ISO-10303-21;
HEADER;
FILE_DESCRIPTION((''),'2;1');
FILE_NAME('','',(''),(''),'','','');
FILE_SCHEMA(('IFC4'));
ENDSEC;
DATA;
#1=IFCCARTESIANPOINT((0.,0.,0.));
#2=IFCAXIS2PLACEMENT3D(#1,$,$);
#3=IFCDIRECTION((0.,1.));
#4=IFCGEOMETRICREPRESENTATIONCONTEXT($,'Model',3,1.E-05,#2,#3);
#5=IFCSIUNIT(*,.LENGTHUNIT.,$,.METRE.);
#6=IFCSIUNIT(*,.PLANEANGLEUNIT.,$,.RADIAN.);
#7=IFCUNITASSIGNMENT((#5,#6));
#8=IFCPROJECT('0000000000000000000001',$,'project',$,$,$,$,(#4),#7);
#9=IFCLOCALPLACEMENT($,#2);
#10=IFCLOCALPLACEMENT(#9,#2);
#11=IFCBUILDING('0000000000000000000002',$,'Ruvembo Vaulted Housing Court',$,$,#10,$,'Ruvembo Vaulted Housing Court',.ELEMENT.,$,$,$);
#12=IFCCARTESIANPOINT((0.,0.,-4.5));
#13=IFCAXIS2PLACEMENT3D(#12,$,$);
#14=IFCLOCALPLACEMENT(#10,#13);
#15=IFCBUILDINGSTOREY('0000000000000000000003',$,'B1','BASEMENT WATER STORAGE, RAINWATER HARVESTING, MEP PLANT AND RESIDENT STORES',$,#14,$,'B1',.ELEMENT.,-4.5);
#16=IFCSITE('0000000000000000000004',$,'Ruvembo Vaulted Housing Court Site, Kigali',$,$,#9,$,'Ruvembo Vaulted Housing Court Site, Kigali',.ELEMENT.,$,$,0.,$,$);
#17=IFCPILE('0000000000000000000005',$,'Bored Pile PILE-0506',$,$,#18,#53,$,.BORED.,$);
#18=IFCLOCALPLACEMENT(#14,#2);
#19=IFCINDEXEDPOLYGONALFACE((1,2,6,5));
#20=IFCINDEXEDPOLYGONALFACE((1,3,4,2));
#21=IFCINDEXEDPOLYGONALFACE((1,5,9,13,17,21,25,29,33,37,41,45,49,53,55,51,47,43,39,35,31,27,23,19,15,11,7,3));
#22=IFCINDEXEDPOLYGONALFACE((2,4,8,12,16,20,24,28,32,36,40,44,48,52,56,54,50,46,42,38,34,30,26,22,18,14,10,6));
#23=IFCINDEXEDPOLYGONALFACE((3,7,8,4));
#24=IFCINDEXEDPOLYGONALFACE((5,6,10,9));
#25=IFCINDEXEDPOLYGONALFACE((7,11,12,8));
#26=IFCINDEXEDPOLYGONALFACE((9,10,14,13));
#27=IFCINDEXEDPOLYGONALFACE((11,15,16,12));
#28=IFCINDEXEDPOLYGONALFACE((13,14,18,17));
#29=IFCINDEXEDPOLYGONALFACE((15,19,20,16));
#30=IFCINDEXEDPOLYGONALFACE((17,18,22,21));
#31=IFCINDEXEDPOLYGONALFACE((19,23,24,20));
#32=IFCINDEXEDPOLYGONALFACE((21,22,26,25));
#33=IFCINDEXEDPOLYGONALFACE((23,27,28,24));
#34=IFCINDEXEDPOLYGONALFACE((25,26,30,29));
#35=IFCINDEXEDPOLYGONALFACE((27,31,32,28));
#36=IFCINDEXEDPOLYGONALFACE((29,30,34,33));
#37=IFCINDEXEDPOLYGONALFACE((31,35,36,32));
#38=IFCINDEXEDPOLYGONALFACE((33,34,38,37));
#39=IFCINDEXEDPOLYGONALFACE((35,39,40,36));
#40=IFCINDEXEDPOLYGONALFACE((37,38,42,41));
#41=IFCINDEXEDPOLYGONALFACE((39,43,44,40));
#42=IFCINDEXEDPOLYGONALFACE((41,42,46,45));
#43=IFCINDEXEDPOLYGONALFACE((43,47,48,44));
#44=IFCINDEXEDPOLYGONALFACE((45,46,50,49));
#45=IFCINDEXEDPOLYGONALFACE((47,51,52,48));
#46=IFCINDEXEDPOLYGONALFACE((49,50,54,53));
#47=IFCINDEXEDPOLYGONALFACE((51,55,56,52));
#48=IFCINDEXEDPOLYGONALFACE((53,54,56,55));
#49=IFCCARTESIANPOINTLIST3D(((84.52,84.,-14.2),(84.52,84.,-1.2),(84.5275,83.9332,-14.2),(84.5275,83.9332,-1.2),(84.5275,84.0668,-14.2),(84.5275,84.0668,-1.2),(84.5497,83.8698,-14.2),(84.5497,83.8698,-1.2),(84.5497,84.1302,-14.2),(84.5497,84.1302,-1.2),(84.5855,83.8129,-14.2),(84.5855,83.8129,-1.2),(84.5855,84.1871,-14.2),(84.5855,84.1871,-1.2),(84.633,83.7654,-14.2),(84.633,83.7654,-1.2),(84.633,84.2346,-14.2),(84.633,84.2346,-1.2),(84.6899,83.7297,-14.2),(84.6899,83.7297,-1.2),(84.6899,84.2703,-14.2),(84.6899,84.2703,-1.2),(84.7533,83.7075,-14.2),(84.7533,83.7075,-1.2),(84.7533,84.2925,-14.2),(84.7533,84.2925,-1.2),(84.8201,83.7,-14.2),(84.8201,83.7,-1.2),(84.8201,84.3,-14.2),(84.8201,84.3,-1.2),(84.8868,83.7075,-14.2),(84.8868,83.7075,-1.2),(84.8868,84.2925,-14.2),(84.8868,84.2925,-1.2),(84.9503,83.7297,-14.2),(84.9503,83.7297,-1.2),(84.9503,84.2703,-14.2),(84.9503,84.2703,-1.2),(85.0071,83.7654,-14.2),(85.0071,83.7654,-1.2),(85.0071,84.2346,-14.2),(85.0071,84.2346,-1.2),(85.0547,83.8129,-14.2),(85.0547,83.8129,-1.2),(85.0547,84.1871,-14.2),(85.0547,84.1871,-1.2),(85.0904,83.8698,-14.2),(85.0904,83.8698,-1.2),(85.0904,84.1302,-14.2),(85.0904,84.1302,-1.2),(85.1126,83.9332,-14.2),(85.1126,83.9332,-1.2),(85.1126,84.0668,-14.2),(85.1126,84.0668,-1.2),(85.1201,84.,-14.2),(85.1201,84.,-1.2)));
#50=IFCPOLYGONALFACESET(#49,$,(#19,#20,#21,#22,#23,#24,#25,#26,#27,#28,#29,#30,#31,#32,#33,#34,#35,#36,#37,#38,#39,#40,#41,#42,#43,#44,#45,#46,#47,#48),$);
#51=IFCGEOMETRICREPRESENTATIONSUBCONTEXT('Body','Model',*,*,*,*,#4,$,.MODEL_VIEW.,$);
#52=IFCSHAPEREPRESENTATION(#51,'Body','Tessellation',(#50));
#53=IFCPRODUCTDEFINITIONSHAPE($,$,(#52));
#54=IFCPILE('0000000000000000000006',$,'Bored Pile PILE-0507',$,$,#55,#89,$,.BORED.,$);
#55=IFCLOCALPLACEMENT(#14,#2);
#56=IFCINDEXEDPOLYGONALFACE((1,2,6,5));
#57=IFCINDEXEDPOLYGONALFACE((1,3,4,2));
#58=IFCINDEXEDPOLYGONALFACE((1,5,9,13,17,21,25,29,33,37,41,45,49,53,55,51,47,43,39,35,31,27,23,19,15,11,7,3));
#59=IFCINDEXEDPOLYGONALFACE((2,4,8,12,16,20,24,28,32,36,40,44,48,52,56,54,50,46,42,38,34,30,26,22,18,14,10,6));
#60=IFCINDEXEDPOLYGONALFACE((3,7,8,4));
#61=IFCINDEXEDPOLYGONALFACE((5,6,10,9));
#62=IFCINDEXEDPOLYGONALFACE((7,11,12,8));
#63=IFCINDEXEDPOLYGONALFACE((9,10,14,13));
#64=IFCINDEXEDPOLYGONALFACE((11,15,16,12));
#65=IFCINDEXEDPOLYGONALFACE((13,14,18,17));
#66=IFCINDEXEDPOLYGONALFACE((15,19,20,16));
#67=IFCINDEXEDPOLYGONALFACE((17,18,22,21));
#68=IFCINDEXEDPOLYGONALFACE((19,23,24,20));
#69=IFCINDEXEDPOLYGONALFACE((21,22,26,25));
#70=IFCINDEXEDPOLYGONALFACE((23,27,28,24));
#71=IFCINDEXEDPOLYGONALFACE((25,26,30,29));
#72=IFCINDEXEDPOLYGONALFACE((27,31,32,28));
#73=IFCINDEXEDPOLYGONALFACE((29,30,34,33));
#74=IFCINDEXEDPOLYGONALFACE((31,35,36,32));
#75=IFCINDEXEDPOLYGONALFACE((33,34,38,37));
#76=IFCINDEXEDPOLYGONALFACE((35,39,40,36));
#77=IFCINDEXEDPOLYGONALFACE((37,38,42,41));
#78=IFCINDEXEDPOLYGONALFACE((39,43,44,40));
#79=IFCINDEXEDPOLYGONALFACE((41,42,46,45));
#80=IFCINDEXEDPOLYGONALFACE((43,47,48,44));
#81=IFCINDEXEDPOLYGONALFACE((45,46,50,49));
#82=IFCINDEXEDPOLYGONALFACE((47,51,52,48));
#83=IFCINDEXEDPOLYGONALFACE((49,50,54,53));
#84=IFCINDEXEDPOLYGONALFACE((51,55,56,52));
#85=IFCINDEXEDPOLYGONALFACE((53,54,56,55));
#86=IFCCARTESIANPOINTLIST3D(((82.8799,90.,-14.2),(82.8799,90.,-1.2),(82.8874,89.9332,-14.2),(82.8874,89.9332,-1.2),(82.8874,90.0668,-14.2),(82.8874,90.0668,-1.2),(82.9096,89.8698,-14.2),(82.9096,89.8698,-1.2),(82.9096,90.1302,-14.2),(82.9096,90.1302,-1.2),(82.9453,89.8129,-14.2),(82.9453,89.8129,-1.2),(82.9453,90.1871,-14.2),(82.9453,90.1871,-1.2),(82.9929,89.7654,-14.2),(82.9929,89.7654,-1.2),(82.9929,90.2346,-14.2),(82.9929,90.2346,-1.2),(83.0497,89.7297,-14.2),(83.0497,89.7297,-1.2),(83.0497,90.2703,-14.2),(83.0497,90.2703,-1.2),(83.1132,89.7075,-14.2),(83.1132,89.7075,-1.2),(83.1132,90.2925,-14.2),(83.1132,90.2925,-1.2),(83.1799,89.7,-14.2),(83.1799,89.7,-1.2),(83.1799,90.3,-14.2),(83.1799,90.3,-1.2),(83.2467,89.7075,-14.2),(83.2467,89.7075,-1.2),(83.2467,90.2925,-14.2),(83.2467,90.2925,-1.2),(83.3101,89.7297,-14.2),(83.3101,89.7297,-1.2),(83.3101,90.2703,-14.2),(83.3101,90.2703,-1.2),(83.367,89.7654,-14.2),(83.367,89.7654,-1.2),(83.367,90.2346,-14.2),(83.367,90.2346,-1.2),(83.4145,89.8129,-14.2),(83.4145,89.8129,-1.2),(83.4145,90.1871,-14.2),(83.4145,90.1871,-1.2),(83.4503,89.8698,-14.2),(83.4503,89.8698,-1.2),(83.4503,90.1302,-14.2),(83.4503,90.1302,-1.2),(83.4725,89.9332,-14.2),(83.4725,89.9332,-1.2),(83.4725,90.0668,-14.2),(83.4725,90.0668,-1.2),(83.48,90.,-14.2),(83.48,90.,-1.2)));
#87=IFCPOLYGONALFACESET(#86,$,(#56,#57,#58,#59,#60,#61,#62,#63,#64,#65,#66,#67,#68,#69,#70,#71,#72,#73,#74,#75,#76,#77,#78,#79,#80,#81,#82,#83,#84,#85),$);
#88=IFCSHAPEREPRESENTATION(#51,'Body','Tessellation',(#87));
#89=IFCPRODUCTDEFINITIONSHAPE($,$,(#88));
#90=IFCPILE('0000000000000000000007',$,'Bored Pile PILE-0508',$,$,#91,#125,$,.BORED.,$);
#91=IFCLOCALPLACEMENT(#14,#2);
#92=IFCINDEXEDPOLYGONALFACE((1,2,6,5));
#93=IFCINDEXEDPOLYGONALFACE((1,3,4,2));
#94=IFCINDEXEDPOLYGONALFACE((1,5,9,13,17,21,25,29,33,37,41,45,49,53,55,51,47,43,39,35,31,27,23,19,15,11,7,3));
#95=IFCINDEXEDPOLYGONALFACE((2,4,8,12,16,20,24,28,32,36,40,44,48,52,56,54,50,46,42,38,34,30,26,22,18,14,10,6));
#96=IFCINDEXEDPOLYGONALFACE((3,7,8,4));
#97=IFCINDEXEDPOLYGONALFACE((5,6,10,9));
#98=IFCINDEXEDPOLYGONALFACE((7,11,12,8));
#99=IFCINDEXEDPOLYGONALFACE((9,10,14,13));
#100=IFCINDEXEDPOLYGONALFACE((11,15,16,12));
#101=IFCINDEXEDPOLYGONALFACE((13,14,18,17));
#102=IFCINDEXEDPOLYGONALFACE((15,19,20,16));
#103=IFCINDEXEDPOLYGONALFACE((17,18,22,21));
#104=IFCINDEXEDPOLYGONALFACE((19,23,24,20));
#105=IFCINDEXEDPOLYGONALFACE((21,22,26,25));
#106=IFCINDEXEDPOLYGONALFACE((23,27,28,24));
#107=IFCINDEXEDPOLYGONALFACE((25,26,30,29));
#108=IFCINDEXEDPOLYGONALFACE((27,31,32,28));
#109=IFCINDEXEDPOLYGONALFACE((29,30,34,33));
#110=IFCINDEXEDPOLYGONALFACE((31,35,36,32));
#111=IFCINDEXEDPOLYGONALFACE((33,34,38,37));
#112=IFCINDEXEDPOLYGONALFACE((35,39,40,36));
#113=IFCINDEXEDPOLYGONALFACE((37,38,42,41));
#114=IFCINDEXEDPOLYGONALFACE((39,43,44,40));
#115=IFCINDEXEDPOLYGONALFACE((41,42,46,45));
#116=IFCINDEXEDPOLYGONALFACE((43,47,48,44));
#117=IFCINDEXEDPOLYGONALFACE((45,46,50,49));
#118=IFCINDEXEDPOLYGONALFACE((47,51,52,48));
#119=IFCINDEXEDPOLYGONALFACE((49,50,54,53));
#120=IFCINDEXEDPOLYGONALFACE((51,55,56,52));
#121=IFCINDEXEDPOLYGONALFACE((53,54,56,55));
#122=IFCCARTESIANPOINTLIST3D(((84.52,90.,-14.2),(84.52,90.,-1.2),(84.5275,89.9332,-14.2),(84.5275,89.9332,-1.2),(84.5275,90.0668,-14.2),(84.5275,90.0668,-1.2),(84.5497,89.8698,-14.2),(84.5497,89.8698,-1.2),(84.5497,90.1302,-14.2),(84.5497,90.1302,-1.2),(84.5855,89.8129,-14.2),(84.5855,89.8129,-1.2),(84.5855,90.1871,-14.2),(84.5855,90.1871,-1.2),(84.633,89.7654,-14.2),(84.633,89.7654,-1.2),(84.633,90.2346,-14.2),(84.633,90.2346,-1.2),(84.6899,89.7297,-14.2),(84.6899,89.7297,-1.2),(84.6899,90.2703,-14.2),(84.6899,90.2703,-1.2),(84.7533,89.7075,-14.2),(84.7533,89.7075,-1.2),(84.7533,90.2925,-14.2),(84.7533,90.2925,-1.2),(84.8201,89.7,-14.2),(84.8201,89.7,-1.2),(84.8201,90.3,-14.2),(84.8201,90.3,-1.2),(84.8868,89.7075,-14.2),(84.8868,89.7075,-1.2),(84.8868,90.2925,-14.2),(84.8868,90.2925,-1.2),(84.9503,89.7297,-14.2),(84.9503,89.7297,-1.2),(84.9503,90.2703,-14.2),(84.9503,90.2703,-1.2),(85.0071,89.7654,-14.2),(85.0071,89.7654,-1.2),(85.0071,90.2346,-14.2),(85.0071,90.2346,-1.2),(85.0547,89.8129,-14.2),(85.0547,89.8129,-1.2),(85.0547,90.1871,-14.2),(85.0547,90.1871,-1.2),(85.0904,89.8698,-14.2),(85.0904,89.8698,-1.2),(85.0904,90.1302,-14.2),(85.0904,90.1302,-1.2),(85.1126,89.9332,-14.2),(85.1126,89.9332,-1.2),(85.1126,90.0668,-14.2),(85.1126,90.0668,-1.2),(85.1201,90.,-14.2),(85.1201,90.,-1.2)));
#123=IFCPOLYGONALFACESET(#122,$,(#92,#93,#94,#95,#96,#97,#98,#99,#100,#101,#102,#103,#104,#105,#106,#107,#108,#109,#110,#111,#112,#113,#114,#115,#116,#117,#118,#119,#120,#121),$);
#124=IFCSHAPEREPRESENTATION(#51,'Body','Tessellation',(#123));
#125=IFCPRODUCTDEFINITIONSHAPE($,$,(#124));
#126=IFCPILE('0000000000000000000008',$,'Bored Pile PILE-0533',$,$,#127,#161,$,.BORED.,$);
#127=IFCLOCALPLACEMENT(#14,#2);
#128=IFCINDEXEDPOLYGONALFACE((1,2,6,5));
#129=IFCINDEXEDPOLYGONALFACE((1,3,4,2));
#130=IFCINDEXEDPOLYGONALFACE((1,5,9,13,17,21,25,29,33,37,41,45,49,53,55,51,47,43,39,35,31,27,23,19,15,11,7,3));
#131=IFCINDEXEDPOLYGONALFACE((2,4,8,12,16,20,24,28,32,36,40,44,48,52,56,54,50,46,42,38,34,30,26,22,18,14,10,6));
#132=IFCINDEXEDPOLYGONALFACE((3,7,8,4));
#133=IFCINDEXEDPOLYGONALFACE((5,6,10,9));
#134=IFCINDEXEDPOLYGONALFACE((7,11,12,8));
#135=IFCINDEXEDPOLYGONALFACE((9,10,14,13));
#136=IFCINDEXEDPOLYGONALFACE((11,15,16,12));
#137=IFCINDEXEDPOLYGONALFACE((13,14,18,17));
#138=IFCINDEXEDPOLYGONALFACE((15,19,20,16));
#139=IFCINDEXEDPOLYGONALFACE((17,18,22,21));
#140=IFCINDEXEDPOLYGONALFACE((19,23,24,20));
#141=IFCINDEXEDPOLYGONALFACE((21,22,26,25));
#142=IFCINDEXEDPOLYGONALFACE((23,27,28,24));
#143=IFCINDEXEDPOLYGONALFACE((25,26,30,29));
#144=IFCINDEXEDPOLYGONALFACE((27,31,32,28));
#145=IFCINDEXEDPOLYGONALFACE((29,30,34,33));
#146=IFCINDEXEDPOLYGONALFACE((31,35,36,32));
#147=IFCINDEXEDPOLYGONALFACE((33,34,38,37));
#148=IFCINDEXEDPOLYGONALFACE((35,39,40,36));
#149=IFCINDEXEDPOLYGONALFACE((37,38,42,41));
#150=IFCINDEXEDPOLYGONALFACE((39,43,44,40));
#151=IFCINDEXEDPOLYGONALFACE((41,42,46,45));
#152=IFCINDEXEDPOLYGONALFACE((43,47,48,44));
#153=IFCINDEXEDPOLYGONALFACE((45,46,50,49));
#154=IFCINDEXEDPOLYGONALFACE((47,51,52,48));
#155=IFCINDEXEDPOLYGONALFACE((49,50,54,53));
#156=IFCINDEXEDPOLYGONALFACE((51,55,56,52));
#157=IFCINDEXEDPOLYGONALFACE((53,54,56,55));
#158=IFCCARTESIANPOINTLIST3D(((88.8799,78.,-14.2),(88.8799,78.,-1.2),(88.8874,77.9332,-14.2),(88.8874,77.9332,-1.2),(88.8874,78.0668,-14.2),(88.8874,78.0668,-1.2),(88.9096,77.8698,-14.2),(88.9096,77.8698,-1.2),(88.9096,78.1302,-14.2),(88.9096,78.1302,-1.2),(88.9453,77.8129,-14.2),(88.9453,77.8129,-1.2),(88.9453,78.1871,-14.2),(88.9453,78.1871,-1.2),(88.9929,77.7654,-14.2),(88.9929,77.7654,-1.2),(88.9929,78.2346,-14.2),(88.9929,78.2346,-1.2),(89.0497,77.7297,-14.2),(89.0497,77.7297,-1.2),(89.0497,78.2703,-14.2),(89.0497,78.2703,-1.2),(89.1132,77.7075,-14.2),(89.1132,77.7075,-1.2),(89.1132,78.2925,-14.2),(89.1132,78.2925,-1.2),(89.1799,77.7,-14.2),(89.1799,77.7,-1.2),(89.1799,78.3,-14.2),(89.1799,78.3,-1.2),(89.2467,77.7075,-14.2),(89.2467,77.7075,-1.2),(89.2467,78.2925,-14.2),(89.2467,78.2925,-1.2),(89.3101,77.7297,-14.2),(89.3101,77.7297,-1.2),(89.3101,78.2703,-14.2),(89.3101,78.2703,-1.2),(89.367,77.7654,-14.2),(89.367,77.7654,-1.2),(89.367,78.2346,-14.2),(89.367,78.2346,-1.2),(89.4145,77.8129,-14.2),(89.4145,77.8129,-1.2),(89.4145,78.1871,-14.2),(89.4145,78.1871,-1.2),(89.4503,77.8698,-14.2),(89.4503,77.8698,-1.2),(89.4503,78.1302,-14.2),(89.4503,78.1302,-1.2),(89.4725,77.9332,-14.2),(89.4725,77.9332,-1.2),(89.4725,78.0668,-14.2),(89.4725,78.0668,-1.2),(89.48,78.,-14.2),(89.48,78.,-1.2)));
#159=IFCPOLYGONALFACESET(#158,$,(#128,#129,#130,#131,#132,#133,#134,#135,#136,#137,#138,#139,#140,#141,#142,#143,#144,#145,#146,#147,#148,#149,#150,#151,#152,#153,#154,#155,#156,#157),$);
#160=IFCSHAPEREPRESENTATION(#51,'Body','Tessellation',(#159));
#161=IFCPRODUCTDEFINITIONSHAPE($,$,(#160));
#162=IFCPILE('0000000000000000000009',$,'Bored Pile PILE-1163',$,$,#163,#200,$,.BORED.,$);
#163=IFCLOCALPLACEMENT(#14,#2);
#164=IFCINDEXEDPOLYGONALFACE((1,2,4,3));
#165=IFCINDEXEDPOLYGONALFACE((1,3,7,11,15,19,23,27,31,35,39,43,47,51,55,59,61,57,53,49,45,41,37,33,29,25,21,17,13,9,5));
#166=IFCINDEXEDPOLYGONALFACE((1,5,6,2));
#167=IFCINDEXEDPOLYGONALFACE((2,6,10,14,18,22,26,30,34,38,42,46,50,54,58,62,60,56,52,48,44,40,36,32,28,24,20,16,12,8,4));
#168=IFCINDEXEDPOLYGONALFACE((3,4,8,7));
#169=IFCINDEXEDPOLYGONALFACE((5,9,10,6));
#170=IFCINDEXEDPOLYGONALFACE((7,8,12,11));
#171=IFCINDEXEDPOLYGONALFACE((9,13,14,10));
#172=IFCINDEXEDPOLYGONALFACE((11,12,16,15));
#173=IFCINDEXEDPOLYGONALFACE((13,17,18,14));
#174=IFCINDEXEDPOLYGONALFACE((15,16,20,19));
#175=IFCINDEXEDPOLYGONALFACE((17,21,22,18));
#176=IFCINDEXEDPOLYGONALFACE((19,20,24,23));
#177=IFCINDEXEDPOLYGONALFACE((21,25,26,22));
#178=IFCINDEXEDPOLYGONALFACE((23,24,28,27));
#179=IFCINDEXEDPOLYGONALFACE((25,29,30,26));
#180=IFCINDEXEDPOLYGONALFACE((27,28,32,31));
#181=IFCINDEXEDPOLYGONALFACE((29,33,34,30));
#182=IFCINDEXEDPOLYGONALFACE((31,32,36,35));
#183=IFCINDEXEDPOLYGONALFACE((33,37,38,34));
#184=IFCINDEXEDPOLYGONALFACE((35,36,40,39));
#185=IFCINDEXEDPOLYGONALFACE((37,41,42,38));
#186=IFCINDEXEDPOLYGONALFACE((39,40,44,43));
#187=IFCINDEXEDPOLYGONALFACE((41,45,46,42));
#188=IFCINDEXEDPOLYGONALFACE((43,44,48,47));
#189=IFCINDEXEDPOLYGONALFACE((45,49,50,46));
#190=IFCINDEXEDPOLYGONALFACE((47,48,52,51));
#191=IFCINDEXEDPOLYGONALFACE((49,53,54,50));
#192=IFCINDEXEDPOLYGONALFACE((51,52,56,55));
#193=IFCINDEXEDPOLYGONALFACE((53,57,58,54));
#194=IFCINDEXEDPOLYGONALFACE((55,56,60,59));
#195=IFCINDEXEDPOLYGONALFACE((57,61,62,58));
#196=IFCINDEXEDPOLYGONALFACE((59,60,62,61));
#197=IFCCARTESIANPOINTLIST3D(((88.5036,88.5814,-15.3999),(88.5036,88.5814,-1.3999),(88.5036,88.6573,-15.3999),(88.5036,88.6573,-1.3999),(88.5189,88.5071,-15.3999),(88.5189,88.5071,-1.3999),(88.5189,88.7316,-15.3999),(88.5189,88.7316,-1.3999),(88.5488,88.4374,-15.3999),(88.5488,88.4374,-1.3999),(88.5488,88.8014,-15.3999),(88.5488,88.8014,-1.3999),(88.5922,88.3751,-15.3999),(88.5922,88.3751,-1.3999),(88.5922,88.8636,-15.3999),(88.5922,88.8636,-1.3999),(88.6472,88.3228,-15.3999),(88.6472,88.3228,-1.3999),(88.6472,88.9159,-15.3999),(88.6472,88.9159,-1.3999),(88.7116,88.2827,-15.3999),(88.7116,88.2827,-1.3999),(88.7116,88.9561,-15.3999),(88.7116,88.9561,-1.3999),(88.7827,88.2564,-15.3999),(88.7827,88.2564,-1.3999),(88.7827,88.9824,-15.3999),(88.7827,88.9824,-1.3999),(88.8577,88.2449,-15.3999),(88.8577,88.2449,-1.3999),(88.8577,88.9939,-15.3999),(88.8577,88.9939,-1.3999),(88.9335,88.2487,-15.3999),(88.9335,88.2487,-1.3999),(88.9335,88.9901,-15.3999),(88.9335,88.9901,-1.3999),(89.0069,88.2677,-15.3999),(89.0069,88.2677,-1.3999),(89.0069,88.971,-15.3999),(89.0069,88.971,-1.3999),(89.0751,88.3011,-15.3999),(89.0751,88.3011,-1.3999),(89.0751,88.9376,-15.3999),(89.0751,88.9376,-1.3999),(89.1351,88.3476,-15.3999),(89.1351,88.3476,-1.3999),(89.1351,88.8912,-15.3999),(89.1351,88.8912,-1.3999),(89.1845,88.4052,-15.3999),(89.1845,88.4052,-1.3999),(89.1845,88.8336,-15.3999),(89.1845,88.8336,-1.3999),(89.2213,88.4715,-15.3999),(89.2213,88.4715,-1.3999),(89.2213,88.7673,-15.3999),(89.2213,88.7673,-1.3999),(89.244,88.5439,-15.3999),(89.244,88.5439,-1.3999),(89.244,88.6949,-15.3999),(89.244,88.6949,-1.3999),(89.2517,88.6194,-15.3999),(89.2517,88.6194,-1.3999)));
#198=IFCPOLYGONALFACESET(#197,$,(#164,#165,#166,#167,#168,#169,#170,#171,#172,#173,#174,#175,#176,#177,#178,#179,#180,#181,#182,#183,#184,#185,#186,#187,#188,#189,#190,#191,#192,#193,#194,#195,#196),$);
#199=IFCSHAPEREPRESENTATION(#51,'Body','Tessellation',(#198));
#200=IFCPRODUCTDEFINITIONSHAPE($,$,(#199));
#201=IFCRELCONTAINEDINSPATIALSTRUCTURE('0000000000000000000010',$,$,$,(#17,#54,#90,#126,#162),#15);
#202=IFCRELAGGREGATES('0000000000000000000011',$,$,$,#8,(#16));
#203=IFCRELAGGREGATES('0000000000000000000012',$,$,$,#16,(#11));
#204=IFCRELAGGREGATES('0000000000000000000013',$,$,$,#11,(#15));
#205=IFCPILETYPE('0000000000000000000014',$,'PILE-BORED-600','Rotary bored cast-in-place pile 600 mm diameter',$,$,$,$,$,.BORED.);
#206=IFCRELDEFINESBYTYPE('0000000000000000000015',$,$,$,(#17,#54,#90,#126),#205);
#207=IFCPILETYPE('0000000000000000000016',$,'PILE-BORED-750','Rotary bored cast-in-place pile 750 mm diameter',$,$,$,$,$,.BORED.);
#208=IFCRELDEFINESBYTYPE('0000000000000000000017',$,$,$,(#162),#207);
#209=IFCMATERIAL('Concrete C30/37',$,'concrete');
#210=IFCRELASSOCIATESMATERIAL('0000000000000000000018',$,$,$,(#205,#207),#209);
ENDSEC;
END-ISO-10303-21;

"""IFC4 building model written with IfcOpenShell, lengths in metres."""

from ifc_helpers import new_model, si_unit, direction, frame, origin, origin_2d, place, context, subcontext, project, spatial, circle, extrude, material, material_profile, profile_set, type_object, element, save


model = new_model("IFC4")

# Units and contexts
model_context = context("Model", 3, precision=1e-05, world=origin(), true_north=direction((0.0, 1.0)))
body_context = subcontext(model_context, "Body", "Model", "MODEL_VIEW")
ifc_project = project(units=[si_unit("LENGTHUNIT", "METRE"), si_unit("PLANEANGLEUNIT", "RADIAN")], contexts=[model_context])

# Site, building, storey
site_placement = place(None, origin())
site = spatial("IfcSite", under=ifc_project, at=site_placement, Name="Ruvembo Vaulted Housing Court Site, Kigali", LongName="Ruvembo Vaulted Housing Court Site, Kigali", CompositionType="ELEMENT", RefElevation=0.0)
building_placement = place(site_placement, origin())
building = spatial("IfcBuilding", under=site, at=building_placement, Name="Ruvembo Vaulted Housing Court", LongName="Ruvembo Vaulted Housing Court", CompositionType="ELEMENT")
storey_placement = place(building_placement, frame((0.0, 0.0, -4.5)))
storey = spatial("IfcBuildingStorey", under=building, at=storey_placement, Name="B1", Description="BASEMENT WATER STORAGE, RAINWATER HARVESTING, MEP PLANT AND RESIDENT STORES", LongName="B1", CompositionType="ELEMENT", Elevation=-4.5)

# Piles
ifc_material_1 = material(Name="Concrete C30/37", Category="concrete")
ifc_material_profile_1 = material_profile(ifc_material_1, circle(Radius=0.3, at=origin_2d()), Name="PILE D600")
ifc_profile_set_1 = profile_set([ifc_material_profile_1], Name="Concrete C30/37")
pile_type_1 = type_object("IfcPileType", Name="PILE-BORED-600", Description="Rotary bored cast-in-place pile 600 mm diameter", PredefinedType="BORED", material=ifc_profile_set_1)
for number, where, z_axis, x_axis, name in (
    (1, (84.8201, 84.0, -1.2), (0.0, 0.0, -1.0), (1.0, 0.0, 0.0), "Bored Pile PILE-0506"),
    (2, (83.1799, 90.0, -1.2), (0.0, 0.0, -1.0), (1.0, 0.0, 0.0), "Bored Pile PILE-0507"),
    (3, (84.8201, 90.0, -1.2), (0.0, 0.0, -1.0), (1.0, 0.0, 0.0), "Bored Pile PILE-0508"),
    (4, (89.1799, 78.0, -1.2), (0.0, 0.0, -1.0), (1.0, 0.0, 0.0), "Bored Pile PILE-0533"),
):
    element("IfcPile", number, at=place(storey_placement, frame(where, z_axis=z_axis, x_axis=x_axis)), inside=storey, type_object=pile_type_1, Name=name, PredefinedType="BORED", context=body_context, shape_type="SweptSolid", body=[
        extrude(circle(Radius=0.3, at=origin_2d()), origin(), (0.0, 0.0, 1.0), 13.0),
    ])
ifc_material_profile_2 = material_profile(ifc_material_1, circle(Radius=0.375, at=origin_2d()), Name="PILE D750")
ifc_profile_set_2 = profile_set([ifc_material_profile_2], Name="Concrete C30/37")
pile_type_2 = type_object("IfcPileType", Name="PILE-BORED-750", Description="Rotary bored cast-in-place pile 750 mm diameter", PredefinedType="BORED", material=ifc_profile_set_2)
for number, where, z_axis, x_axis, name in (
    (5, (88.8767, 88.6194, -1.3999), (0.0, 0.0, -1.0), (1.0, 0.0, 0.0), "Bored Pile PILE-1163"),
):
    element("IfcPile", number, at=place(storey_placement, frame(where, z_axis=z_axis, x_axis=x_axis)), inside=storey, type_object=pile_type_2, Name=name, PredefinedType="BORED", context=body_context, shape_type="SweptSolid", body=[
        extrude(circle(Radius=0.375, at=origin_2d()), origin(), (0.0, 0.0, 1.0), 14.0),
    ])

save(model, "model.ifc")
